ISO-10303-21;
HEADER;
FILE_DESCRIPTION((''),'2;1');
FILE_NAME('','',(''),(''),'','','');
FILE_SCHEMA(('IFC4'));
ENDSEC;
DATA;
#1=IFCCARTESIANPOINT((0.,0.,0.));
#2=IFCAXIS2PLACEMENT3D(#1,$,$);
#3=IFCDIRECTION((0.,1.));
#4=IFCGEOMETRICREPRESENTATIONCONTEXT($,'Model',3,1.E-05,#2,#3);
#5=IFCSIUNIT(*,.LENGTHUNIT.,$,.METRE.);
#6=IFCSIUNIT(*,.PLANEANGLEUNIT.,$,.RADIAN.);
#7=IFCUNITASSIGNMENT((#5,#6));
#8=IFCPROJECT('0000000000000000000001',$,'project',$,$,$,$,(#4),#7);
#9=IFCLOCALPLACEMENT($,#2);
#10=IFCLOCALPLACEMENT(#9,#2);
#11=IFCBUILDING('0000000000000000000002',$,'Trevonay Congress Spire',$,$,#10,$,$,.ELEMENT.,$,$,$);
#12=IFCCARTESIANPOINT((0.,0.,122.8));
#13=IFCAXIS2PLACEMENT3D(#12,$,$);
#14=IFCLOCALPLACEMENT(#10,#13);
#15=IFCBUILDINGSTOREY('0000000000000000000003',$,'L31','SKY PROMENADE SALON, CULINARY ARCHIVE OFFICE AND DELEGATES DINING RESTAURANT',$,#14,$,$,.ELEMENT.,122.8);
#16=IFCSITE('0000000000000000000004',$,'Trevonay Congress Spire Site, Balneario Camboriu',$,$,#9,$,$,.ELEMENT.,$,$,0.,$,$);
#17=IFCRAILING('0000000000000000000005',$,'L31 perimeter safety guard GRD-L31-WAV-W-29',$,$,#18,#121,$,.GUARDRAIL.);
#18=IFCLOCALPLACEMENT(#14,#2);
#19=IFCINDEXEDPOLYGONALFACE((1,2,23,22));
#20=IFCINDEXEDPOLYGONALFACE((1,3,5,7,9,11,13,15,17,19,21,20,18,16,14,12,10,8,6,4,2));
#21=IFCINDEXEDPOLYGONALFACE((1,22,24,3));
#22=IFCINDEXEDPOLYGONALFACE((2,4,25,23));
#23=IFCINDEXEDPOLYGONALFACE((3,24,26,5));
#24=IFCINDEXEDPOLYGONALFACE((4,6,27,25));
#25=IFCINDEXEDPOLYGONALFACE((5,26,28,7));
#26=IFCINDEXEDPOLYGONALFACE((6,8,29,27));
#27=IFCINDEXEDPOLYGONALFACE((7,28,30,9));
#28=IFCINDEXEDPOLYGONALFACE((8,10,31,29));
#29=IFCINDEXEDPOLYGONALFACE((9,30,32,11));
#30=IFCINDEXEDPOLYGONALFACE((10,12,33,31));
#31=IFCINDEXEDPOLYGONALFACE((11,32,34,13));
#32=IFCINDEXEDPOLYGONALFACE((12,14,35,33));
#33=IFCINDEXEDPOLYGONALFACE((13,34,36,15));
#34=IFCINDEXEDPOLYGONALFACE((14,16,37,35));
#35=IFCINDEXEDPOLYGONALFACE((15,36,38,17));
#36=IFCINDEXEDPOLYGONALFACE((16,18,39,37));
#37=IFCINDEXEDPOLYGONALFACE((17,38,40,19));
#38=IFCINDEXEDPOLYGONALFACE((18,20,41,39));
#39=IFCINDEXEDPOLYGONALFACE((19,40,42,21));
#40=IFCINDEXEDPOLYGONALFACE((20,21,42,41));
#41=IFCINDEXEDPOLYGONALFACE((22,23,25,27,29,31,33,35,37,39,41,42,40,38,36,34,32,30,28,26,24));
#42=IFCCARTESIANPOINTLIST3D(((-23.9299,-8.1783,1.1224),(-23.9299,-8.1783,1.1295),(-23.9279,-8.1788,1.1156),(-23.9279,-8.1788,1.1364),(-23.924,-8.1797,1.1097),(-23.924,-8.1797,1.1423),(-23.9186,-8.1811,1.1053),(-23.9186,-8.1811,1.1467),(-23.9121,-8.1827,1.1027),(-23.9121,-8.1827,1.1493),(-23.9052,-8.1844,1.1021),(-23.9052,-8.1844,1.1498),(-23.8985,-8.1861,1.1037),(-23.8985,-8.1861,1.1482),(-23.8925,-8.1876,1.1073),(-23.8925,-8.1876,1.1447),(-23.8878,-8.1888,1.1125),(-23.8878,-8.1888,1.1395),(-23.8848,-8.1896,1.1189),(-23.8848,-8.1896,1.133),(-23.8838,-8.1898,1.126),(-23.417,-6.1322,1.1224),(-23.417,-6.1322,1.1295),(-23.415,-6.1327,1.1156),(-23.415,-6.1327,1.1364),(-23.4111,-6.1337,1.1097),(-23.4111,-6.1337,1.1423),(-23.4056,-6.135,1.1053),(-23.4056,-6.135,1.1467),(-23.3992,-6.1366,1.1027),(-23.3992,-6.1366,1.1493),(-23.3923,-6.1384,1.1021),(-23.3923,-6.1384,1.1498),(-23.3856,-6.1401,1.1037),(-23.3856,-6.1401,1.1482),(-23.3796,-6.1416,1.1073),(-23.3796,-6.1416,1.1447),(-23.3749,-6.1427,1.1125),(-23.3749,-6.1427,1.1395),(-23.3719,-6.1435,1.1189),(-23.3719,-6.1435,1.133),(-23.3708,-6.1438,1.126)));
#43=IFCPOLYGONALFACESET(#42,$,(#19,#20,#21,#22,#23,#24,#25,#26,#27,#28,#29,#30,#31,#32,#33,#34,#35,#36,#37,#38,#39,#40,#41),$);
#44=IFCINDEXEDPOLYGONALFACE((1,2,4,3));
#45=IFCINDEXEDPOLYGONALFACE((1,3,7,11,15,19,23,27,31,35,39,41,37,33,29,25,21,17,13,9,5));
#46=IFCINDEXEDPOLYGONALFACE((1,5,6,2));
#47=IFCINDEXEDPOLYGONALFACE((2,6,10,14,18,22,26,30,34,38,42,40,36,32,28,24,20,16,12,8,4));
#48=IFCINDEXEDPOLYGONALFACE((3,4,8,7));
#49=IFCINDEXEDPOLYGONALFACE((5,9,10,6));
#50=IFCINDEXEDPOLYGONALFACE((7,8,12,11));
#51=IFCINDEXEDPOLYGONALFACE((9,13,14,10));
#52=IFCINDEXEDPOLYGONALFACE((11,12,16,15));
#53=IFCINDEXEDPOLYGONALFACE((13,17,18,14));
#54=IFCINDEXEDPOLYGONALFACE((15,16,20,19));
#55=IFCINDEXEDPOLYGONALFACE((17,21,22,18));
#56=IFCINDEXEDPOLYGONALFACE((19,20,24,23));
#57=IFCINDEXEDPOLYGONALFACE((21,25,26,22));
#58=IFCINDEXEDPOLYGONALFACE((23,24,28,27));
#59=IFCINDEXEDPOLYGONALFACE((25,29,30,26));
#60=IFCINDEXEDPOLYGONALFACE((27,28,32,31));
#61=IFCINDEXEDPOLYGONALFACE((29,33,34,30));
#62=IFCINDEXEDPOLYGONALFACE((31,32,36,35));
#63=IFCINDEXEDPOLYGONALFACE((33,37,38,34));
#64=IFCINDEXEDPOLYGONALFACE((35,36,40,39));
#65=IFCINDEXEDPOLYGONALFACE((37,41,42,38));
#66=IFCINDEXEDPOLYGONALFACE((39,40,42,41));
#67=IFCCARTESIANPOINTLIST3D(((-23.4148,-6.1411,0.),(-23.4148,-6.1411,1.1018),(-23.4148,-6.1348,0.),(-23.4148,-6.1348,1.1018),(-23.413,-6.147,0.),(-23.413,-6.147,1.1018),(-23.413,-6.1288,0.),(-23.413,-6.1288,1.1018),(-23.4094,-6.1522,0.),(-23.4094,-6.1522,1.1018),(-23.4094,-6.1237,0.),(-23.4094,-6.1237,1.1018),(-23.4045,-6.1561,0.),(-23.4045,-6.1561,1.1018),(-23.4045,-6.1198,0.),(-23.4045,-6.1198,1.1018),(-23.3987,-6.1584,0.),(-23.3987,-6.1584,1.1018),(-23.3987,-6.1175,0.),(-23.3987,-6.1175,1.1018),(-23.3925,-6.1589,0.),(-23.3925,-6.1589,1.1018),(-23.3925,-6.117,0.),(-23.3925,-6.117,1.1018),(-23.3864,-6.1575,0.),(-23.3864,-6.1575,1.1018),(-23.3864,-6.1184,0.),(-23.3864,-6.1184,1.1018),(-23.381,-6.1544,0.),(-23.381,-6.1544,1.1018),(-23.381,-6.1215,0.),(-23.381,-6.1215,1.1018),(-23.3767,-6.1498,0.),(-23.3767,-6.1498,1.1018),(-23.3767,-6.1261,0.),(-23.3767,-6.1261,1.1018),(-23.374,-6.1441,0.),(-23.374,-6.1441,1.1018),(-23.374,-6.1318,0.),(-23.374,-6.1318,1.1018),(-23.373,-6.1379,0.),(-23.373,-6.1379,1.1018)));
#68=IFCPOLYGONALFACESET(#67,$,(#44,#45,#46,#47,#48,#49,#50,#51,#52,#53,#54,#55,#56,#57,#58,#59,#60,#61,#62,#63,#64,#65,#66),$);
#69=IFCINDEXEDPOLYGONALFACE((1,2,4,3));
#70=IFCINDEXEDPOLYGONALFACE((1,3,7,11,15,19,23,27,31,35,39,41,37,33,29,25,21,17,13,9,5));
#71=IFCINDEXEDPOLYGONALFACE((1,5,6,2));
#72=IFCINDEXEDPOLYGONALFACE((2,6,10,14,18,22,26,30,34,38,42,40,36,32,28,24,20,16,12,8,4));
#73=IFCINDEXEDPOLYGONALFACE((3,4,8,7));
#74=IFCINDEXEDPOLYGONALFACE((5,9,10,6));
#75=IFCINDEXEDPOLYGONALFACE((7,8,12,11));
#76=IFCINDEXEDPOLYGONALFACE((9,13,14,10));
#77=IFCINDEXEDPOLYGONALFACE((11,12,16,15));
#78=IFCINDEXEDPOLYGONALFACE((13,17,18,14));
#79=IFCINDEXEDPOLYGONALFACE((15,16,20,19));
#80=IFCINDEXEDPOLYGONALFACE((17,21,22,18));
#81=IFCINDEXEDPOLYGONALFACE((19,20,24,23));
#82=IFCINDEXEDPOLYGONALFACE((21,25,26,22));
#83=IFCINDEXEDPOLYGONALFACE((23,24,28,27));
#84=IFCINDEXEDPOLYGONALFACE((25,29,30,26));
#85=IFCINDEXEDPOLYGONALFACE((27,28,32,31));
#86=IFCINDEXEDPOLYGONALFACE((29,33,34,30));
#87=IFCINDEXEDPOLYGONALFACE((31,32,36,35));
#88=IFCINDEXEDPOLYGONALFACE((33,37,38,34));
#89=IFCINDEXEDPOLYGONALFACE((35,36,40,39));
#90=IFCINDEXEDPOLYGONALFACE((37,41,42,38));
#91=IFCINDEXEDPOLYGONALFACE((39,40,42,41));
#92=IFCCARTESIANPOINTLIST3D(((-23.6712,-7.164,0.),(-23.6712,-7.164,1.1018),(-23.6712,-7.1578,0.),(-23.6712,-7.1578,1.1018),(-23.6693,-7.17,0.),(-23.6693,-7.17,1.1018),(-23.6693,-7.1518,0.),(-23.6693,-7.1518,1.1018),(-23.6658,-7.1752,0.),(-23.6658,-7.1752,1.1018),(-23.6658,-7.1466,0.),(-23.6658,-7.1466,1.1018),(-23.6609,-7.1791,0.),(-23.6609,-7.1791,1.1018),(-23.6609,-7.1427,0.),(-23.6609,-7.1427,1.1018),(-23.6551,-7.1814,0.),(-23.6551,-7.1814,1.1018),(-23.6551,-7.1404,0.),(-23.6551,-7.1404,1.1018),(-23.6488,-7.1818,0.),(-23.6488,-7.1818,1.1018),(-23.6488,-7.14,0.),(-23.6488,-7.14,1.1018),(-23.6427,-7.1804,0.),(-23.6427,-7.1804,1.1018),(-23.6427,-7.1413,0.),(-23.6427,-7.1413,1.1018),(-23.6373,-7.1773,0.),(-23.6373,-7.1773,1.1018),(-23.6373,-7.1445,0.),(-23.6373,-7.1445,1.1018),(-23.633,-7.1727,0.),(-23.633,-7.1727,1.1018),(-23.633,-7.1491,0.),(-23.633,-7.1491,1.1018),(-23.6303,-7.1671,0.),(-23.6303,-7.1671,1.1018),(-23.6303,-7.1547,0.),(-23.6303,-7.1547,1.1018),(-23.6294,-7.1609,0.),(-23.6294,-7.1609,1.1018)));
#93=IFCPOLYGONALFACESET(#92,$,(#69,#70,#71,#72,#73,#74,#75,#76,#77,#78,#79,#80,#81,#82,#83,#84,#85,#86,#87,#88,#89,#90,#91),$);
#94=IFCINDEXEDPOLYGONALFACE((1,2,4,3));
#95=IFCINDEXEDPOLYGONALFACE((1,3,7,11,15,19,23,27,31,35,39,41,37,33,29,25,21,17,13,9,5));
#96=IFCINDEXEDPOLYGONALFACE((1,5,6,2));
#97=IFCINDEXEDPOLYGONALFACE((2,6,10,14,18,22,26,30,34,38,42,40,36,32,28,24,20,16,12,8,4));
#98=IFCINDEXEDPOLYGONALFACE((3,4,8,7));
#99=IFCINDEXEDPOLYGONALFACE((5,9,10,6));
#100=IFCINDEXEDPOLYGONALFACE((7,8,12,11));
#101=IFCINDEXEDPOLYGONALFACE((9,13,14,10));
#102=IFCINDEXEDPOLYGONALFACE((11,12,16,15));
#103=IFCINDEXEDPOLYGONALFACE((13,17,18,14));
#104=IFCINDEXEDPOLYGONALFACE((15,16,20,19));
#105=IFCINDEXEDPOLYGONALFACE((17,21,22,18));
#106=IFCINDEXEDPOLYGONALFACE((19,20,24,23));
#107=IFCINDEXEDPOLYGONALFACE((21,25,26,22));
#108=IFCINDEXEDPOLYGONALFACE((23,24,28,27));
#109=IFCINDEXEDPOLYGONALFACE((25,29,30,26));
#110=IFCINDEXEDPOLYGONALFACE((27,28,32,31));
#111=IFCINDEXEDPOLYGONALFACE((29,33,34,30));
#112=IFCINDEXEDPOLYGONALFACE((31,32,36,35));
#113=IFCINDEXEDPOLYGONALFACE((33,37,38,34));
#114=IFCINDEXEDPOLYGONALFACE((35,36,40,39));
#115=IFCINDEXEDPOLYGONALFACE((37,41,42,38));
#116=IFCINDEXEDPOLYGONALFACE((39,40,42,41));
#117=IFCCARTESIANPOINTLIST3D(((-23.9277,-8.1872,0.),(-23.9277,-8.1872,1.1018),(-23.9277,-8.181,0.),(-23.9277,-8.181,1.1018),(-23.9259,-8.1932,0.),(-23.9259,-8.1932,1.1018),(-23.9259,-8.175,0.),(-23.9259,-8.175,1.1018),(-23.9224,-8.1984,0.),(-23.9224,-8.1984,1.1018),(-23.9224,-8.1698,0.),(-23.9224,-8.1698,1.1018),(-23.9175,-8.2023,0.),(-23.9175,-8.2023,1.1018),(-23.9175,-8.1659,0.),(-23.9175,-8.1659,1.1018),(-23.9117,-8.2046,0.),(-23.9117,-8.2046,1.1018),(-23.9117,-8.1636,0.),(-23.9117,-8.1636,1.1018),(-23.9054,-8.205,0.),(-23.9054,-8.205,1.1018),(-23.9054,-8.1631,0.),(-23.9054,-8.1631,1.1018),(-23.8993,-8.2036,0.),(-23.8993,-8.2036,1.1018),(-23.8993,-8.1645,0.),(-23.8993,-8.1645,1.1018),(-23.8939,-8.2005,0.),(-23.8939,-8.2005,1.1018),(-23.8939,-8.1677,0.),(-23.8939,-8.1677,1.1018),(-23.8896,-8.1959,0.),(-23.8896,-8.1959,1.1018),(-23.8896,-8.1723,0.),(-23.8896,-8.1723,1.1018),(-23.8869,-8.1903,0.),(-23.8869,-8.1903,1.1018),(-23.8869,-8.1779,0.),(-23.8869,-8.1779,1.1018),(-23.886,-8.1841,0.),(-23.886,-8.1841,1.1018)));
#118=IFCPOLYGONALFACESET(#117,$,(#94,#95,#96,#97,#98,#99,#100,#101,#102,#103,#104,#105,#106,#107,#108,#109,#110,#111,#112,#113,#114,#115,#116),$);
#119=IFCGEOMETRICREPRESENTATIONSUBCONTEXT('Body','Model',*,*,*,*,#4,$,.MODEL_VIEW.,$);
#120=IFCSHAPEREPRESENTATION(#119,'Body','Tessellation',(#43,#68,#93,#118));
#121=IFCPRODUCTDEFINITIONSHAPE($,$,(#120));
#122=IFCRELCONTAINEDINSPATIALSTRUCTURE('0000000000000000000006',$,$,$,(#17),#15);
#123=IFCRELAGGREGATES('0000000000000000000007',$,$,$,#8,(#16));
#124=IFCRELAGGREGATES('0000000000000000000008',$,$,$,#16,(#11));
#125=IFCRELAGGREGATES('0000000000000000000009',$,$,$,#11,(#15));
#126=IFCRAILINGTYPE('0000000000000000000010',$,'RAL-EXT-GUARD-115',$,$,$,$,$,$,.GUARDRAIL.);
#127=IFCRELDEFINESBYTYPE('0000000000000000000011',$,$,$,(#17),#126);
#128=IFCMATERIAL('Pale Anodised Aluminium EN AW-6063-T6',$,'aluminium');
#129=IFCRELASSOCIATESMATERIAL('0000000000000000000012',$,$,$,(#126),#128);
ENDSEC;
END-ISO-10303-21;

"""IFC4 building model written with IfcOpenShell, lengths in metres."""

from ifc_helpers import new_model, si_unit, direction, frame, origin, origin_2d, place, context, subcontext, project, spatial, circle, extrude, material, type_object, element, save


model = new_model("IFC4")

# Units and contexts
model_context = context("Model", 3, precision=1e-05, world=origin(), true_north=direction((0.0, 1.0)))
body_context = subcontext(model_context, "Body", "Model", "MODEL_VIEW")
ifc_project = project(units=[si_unit("LENGTHUNIT", "METRE"), si_unit("PLANEANGLEUNIT", "RADIAN")], contexts=[model_context])

# Site, building, storey
site_placement = place(None, origin())
site = spatial("IfcSite", under=ifc_project, at=site_placement, Name="Trevonay Congress Spire Site, Balneario Camboriu", CompositionType="ELEMENT", RefElevation=0.0)
building_placement = place(site_placement, origin())
building = spatial("IfcBuilding", under=site, at=building_placement, Name="Trevonay Congress Spire", CompositionType="ELEMENT")
storey_placement = place(building_placement, frame((0.0, 0.0, 122.8)))
storey = spatial("IfcBuildingStorey", under=building, at=storey_placement, Name="L31", Description="SKY PROMENADE SALON, CULINARY ARCHIVE OFFICE AND DELEGATES DINING RESTAURANT", CompositionType="ELEMENT", Elevation=122.8)

# Shared definitions
ifc_material_1 = material(Name="Pale Anodised Aluminium EN AW-6063-T6", Category="aluminium")

# Railing
railing_type = type_object("IfcRailingType", Name="RAL-EXT-GUARD-115", PredefinedType="GUARDRAIL", material=ifc_material_1)
railing_1_placement = place(storey_placement, frame((-23.394, -6.1379, 0.0)))
element("IfcRailing", 1, at=railing_1_placement, inside=storey, type_object=railing_type, Name="L31 perimeter safety guard GRD-L31-WAV-W-29", PredefinedType="GUARDRAIL", context=body_context, shape_type="SweptSolid", body=[
    extrude(circle(Radius=0.0239, at=origin_2d()), frame((0.0, 0.0, 1.126), z_axis=(-0.243162, -0.969986, 0.0), x_axis=(0.969986, -0.243162, 0.0)), (0.0, 0.0, 1.0), 2.1094),
    extrude(circle(Radius=0.021, at=origin_2d()), origin(), (0.0, 0.0, 1.0), 1.1018),
    extrude(circle(Radius=0.021, at=origin_2d()), frame((-0.2563, -1.0229, 0.0)), (0.0, 0.0, 1.0), 1.1018),
    extrude(circle(Radius=0.021, at=origin_2d()), frame((-0.5129, -2.0461, 0.0)), (0.0, 0.0, 1.0), 1.1018),
])

save(model, "model.ifc")
